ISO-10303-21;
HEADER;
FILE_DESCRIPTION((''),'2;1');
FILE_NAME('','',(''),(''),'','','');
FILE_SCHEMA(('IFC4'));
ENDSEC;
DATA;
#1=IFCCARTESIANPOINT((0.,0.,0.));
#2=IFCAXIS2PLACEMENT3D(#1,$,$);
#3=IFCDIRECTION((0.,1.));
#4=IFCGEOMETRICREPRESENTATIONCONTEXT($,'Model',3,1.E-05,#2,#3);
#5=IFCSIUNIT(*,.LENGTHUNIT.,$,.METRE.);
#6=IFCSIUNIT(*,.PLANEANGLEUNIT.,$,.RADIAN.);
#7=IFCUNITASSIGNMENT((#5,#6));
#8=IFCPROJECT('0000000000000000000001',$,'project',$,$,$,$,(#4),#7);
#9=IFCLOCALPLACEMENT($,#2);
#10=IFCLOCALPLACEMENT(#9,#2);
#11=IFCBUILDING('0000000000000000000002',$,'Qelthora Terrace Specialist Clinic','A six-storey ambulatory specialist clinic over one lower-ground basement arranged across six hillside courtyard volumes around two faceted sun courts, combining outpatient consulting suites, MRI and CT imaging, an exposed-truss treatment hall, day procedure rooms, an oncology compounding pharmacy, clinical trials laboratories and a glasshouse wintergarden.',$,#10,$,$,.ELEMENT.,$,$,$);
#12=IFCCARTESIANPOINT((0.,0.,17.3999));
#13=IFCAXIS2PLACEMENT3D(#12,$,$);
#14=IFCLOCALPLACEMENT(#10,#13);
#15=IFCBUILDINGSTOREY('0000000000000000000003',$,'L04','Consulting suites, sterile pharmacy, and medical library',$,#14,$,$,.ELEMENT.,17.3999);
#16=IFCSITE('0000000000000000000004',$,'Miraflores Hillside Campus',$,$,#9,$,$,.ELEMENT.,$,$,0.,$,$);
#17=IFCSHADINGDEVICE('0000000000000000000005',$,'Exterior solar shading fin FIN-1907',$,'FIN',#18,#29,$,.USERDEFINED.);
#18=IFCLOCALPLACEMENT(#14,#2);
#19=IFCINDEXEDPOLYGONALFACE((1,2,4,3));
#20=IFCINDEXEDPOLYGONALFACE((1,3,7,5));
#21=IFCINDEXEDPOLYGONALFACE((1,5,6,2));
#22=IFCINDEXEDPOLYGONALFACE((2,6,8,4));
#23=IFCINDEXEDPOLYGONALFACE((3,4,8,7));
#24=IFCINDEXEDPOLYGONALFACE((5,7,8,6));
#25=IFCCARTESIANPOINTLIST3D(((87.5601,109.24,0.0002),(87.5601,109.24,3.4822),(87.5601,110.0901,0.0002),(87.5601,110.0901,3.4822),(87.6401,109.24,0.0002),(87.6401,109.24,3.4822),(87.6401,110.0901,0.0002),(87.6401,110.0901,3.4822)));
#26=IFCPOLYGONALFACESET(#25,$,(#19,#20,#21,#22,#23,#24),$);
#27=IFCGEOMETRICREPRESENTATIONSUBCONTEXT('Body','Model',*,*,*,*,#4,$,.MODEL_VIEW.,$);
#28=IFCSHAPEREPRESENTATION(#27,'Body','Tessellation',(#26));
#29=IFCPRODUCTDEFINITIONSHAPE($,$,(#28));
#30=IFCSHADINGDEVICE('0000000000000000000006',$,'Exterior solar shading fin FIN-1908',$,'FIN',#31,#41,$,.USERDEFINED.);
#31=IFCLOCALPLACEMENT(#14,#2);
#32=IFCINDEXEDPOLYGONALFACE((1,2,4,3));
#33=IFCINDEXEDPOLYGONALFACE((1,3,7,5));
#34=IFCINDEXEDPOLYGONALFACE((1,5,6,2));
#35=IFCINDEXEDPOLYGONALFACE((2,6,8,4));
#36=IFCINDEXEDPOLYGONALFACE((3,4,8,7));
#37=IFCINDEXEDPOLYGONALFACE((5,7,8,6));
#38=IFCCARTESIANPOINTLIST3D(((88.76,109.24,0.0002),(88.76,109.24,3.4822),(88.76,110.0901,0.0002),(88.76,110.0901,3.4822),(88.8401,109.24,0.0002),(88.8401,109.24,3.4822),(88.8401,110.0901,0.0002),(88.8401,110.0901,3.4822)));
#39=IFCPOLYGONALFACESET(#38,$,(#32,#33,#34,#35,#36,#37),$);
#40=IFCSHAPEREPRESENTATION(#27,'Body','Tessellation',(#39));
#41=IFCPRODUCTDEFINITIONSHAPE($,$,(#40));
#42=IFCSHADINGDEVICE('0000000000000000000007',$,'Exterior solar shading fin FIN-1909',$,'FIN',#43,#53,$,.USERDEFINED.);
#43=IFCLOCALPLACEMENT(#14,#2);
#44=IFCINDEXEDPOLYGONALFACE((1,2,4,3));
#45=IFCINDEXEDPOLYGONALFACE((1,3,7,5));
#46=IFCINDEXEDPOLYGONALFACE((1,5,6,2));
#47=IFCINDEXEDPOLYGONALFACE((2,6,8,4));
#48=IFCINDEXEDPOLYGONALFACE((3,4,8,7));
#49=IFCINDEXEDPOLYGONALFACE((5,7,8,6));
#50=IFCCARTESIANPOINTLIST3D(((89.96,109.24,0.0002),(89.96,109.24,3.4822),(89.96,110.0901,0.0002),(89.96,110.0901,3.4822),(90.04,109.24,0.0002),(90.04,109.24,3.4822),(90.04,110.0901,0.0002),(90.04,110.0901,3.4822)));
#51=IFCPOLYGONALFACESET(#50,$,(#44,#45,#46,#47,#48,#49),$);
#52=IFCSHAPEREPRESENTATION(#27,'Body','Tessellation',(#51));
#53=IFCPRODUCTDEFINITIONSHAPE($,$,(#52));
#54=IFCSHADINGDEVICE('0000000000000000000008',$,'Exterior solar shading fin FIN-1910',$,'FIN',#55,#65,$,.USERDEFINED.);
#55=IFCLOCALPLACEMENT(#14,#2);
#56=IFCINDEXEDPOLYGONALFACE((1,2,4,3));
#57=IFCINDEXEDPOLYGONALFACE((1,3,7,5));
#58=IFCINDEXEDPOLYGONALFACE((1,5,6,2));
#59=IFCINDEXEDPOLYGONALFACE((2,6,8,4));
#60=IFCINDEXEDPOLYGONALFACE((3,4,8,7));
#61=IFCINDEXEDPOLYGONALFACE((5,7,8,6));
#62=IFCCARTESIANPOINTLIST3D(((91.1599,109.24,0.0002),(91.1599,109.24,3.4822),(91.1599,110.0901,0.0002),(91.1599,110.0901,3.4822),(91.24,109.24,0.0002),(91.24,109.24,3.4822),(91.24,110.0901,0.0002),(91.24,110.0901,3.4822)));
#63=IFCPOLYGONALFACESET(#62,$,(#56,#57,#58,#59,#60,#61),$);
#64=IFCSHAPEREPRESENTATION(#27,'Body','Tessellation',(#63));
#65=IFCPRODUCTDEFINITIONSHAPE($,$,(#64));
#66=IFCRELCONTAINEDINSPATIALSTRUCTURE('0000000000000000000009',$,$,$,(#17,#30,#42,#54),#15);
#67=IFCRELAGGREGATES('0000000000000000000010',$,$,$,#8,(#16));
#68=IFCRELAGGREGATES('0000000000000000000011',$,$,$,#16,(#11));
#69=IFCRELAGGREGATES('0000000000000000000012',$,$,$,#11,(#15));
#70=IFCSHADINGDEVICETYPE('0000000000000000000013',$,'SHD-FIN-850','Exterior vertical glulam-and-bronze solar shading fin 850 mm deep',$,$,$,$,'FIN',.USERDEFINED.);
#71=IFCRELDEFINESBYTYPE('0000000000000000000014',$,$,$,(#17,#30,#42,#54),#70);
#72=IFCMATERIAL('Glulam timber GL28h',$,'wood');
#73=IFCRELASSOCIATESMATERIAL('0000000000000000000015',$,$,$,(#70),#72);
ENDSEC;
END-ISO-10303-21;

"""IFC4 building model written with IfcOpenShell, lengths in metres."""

from ifc_helpers import new_model, si_unit, direction, frame, origin, origin_2d, place, context, subcontext, project, spatial, rectangle, extrude, material, type_object, element, save


model = new_model("IFC4")

# Units and contexts
model_context = context("Model", 3, precision=1e-05, world=origin(), true_north=direction((0.0, 1.0)))
body_context = subcontext(model_context, "Body", "Model", "MODEL_VIEW")
ifc_project = project(units=[si_unit("LENGTHUNIT", "METRE"), si_unit("PLANEANGLEUNIT", "RADIAN")], contexts=[model_context])

# Site, building, storey
site_placement = place(None, origin())
site = spatial("IfcSite", under=ifc_project, at=site_placement, Name="Miraflores Hillside Campus", CompositionType="ELEMENT", RefElevation=0.0)
building_placement = place(site_placement, origin())
building = spatial("IfcBuilding", under=site, at=building_placement, Name="Qelthora Terrace Specialist Clinic", Description="A six-storey ambulatory specialist clinic over one lower-ground basement arranged across six hillside courtyard volumes around two faceted sun courts, combining outpatient consulting suites, MRI and CT imaging, an exposed-truss treatment hall, day procedure rooms, an oncology compounding pharmacy, clinical trials laboratories and a glasshouse wintergarden.", CompositionType="ELEMENT")
storey_placement = place(building_placement, frame((0.0, 0.0, 17.3999)))
storey = spatial("IfcBuildingStorey", under=building, at=storey_placement, Name="L04", Description="Consulting suites, sterile pharmacy, and medical library", CompositionType="ELEMENT", Elevation=17.3999)

# Shading devices
ifc_material_1 = material(Name="Glulam timber GL28h", Category="wood")
shading_device_type = type_object("IfcShadingDeviceType", Name="SHD-FIN-850", Description="Exterior vertical glulam-and-bronze solar shading fin 850 mm deep", ElementType="FIN", PredefinedType="USERDEFINED", material=ifc_material_1)
for number, where, z_axis, x_axis, name in (
    (1, (87.6001, 109.665, 0.0002), (0.0, 0.0, 1.0), (0.0, 1.0, 0.0), "Exterior solar shading fin FIN-1907"),
    (2, (88.8, 109.665, 0.0002), (0.0, 0.0, 1.0), (0.0, 1.0, 0.0), "Exterior solar shading fin FIN-1908"),
    (3, (90.0, 109.665, 0.0002), (0.0, 0.0, 1.0), (0.0, 1.0, 0.0), "Exterior solar shading fin FIN-1909"),
    (4, (91.2, 109.665, 0.0002), (0.0, 0.0, 1.0), (0.0, 1.0, 0.0), "Exterior solar shading fin FIN-1910"),
):
    element("IfcShadingDevice", number, at=place(storey_placement, frame(where, z_axis=z_axis, x_axis=x_axis)), inside=storey, type_object=shading_device_type, Name=name, ObjectType="FIN", PredefinedType="USERDEFINED", context=body_context, shape_type="SweptSolid", body=[
        extrude(rectangle(XDim=0.8501, YDim=0.0801, at=origin_2d()), origin(), (0.0, 0.0, 1.0), 3.4819),
    ])

save(model, "model.ifc")
